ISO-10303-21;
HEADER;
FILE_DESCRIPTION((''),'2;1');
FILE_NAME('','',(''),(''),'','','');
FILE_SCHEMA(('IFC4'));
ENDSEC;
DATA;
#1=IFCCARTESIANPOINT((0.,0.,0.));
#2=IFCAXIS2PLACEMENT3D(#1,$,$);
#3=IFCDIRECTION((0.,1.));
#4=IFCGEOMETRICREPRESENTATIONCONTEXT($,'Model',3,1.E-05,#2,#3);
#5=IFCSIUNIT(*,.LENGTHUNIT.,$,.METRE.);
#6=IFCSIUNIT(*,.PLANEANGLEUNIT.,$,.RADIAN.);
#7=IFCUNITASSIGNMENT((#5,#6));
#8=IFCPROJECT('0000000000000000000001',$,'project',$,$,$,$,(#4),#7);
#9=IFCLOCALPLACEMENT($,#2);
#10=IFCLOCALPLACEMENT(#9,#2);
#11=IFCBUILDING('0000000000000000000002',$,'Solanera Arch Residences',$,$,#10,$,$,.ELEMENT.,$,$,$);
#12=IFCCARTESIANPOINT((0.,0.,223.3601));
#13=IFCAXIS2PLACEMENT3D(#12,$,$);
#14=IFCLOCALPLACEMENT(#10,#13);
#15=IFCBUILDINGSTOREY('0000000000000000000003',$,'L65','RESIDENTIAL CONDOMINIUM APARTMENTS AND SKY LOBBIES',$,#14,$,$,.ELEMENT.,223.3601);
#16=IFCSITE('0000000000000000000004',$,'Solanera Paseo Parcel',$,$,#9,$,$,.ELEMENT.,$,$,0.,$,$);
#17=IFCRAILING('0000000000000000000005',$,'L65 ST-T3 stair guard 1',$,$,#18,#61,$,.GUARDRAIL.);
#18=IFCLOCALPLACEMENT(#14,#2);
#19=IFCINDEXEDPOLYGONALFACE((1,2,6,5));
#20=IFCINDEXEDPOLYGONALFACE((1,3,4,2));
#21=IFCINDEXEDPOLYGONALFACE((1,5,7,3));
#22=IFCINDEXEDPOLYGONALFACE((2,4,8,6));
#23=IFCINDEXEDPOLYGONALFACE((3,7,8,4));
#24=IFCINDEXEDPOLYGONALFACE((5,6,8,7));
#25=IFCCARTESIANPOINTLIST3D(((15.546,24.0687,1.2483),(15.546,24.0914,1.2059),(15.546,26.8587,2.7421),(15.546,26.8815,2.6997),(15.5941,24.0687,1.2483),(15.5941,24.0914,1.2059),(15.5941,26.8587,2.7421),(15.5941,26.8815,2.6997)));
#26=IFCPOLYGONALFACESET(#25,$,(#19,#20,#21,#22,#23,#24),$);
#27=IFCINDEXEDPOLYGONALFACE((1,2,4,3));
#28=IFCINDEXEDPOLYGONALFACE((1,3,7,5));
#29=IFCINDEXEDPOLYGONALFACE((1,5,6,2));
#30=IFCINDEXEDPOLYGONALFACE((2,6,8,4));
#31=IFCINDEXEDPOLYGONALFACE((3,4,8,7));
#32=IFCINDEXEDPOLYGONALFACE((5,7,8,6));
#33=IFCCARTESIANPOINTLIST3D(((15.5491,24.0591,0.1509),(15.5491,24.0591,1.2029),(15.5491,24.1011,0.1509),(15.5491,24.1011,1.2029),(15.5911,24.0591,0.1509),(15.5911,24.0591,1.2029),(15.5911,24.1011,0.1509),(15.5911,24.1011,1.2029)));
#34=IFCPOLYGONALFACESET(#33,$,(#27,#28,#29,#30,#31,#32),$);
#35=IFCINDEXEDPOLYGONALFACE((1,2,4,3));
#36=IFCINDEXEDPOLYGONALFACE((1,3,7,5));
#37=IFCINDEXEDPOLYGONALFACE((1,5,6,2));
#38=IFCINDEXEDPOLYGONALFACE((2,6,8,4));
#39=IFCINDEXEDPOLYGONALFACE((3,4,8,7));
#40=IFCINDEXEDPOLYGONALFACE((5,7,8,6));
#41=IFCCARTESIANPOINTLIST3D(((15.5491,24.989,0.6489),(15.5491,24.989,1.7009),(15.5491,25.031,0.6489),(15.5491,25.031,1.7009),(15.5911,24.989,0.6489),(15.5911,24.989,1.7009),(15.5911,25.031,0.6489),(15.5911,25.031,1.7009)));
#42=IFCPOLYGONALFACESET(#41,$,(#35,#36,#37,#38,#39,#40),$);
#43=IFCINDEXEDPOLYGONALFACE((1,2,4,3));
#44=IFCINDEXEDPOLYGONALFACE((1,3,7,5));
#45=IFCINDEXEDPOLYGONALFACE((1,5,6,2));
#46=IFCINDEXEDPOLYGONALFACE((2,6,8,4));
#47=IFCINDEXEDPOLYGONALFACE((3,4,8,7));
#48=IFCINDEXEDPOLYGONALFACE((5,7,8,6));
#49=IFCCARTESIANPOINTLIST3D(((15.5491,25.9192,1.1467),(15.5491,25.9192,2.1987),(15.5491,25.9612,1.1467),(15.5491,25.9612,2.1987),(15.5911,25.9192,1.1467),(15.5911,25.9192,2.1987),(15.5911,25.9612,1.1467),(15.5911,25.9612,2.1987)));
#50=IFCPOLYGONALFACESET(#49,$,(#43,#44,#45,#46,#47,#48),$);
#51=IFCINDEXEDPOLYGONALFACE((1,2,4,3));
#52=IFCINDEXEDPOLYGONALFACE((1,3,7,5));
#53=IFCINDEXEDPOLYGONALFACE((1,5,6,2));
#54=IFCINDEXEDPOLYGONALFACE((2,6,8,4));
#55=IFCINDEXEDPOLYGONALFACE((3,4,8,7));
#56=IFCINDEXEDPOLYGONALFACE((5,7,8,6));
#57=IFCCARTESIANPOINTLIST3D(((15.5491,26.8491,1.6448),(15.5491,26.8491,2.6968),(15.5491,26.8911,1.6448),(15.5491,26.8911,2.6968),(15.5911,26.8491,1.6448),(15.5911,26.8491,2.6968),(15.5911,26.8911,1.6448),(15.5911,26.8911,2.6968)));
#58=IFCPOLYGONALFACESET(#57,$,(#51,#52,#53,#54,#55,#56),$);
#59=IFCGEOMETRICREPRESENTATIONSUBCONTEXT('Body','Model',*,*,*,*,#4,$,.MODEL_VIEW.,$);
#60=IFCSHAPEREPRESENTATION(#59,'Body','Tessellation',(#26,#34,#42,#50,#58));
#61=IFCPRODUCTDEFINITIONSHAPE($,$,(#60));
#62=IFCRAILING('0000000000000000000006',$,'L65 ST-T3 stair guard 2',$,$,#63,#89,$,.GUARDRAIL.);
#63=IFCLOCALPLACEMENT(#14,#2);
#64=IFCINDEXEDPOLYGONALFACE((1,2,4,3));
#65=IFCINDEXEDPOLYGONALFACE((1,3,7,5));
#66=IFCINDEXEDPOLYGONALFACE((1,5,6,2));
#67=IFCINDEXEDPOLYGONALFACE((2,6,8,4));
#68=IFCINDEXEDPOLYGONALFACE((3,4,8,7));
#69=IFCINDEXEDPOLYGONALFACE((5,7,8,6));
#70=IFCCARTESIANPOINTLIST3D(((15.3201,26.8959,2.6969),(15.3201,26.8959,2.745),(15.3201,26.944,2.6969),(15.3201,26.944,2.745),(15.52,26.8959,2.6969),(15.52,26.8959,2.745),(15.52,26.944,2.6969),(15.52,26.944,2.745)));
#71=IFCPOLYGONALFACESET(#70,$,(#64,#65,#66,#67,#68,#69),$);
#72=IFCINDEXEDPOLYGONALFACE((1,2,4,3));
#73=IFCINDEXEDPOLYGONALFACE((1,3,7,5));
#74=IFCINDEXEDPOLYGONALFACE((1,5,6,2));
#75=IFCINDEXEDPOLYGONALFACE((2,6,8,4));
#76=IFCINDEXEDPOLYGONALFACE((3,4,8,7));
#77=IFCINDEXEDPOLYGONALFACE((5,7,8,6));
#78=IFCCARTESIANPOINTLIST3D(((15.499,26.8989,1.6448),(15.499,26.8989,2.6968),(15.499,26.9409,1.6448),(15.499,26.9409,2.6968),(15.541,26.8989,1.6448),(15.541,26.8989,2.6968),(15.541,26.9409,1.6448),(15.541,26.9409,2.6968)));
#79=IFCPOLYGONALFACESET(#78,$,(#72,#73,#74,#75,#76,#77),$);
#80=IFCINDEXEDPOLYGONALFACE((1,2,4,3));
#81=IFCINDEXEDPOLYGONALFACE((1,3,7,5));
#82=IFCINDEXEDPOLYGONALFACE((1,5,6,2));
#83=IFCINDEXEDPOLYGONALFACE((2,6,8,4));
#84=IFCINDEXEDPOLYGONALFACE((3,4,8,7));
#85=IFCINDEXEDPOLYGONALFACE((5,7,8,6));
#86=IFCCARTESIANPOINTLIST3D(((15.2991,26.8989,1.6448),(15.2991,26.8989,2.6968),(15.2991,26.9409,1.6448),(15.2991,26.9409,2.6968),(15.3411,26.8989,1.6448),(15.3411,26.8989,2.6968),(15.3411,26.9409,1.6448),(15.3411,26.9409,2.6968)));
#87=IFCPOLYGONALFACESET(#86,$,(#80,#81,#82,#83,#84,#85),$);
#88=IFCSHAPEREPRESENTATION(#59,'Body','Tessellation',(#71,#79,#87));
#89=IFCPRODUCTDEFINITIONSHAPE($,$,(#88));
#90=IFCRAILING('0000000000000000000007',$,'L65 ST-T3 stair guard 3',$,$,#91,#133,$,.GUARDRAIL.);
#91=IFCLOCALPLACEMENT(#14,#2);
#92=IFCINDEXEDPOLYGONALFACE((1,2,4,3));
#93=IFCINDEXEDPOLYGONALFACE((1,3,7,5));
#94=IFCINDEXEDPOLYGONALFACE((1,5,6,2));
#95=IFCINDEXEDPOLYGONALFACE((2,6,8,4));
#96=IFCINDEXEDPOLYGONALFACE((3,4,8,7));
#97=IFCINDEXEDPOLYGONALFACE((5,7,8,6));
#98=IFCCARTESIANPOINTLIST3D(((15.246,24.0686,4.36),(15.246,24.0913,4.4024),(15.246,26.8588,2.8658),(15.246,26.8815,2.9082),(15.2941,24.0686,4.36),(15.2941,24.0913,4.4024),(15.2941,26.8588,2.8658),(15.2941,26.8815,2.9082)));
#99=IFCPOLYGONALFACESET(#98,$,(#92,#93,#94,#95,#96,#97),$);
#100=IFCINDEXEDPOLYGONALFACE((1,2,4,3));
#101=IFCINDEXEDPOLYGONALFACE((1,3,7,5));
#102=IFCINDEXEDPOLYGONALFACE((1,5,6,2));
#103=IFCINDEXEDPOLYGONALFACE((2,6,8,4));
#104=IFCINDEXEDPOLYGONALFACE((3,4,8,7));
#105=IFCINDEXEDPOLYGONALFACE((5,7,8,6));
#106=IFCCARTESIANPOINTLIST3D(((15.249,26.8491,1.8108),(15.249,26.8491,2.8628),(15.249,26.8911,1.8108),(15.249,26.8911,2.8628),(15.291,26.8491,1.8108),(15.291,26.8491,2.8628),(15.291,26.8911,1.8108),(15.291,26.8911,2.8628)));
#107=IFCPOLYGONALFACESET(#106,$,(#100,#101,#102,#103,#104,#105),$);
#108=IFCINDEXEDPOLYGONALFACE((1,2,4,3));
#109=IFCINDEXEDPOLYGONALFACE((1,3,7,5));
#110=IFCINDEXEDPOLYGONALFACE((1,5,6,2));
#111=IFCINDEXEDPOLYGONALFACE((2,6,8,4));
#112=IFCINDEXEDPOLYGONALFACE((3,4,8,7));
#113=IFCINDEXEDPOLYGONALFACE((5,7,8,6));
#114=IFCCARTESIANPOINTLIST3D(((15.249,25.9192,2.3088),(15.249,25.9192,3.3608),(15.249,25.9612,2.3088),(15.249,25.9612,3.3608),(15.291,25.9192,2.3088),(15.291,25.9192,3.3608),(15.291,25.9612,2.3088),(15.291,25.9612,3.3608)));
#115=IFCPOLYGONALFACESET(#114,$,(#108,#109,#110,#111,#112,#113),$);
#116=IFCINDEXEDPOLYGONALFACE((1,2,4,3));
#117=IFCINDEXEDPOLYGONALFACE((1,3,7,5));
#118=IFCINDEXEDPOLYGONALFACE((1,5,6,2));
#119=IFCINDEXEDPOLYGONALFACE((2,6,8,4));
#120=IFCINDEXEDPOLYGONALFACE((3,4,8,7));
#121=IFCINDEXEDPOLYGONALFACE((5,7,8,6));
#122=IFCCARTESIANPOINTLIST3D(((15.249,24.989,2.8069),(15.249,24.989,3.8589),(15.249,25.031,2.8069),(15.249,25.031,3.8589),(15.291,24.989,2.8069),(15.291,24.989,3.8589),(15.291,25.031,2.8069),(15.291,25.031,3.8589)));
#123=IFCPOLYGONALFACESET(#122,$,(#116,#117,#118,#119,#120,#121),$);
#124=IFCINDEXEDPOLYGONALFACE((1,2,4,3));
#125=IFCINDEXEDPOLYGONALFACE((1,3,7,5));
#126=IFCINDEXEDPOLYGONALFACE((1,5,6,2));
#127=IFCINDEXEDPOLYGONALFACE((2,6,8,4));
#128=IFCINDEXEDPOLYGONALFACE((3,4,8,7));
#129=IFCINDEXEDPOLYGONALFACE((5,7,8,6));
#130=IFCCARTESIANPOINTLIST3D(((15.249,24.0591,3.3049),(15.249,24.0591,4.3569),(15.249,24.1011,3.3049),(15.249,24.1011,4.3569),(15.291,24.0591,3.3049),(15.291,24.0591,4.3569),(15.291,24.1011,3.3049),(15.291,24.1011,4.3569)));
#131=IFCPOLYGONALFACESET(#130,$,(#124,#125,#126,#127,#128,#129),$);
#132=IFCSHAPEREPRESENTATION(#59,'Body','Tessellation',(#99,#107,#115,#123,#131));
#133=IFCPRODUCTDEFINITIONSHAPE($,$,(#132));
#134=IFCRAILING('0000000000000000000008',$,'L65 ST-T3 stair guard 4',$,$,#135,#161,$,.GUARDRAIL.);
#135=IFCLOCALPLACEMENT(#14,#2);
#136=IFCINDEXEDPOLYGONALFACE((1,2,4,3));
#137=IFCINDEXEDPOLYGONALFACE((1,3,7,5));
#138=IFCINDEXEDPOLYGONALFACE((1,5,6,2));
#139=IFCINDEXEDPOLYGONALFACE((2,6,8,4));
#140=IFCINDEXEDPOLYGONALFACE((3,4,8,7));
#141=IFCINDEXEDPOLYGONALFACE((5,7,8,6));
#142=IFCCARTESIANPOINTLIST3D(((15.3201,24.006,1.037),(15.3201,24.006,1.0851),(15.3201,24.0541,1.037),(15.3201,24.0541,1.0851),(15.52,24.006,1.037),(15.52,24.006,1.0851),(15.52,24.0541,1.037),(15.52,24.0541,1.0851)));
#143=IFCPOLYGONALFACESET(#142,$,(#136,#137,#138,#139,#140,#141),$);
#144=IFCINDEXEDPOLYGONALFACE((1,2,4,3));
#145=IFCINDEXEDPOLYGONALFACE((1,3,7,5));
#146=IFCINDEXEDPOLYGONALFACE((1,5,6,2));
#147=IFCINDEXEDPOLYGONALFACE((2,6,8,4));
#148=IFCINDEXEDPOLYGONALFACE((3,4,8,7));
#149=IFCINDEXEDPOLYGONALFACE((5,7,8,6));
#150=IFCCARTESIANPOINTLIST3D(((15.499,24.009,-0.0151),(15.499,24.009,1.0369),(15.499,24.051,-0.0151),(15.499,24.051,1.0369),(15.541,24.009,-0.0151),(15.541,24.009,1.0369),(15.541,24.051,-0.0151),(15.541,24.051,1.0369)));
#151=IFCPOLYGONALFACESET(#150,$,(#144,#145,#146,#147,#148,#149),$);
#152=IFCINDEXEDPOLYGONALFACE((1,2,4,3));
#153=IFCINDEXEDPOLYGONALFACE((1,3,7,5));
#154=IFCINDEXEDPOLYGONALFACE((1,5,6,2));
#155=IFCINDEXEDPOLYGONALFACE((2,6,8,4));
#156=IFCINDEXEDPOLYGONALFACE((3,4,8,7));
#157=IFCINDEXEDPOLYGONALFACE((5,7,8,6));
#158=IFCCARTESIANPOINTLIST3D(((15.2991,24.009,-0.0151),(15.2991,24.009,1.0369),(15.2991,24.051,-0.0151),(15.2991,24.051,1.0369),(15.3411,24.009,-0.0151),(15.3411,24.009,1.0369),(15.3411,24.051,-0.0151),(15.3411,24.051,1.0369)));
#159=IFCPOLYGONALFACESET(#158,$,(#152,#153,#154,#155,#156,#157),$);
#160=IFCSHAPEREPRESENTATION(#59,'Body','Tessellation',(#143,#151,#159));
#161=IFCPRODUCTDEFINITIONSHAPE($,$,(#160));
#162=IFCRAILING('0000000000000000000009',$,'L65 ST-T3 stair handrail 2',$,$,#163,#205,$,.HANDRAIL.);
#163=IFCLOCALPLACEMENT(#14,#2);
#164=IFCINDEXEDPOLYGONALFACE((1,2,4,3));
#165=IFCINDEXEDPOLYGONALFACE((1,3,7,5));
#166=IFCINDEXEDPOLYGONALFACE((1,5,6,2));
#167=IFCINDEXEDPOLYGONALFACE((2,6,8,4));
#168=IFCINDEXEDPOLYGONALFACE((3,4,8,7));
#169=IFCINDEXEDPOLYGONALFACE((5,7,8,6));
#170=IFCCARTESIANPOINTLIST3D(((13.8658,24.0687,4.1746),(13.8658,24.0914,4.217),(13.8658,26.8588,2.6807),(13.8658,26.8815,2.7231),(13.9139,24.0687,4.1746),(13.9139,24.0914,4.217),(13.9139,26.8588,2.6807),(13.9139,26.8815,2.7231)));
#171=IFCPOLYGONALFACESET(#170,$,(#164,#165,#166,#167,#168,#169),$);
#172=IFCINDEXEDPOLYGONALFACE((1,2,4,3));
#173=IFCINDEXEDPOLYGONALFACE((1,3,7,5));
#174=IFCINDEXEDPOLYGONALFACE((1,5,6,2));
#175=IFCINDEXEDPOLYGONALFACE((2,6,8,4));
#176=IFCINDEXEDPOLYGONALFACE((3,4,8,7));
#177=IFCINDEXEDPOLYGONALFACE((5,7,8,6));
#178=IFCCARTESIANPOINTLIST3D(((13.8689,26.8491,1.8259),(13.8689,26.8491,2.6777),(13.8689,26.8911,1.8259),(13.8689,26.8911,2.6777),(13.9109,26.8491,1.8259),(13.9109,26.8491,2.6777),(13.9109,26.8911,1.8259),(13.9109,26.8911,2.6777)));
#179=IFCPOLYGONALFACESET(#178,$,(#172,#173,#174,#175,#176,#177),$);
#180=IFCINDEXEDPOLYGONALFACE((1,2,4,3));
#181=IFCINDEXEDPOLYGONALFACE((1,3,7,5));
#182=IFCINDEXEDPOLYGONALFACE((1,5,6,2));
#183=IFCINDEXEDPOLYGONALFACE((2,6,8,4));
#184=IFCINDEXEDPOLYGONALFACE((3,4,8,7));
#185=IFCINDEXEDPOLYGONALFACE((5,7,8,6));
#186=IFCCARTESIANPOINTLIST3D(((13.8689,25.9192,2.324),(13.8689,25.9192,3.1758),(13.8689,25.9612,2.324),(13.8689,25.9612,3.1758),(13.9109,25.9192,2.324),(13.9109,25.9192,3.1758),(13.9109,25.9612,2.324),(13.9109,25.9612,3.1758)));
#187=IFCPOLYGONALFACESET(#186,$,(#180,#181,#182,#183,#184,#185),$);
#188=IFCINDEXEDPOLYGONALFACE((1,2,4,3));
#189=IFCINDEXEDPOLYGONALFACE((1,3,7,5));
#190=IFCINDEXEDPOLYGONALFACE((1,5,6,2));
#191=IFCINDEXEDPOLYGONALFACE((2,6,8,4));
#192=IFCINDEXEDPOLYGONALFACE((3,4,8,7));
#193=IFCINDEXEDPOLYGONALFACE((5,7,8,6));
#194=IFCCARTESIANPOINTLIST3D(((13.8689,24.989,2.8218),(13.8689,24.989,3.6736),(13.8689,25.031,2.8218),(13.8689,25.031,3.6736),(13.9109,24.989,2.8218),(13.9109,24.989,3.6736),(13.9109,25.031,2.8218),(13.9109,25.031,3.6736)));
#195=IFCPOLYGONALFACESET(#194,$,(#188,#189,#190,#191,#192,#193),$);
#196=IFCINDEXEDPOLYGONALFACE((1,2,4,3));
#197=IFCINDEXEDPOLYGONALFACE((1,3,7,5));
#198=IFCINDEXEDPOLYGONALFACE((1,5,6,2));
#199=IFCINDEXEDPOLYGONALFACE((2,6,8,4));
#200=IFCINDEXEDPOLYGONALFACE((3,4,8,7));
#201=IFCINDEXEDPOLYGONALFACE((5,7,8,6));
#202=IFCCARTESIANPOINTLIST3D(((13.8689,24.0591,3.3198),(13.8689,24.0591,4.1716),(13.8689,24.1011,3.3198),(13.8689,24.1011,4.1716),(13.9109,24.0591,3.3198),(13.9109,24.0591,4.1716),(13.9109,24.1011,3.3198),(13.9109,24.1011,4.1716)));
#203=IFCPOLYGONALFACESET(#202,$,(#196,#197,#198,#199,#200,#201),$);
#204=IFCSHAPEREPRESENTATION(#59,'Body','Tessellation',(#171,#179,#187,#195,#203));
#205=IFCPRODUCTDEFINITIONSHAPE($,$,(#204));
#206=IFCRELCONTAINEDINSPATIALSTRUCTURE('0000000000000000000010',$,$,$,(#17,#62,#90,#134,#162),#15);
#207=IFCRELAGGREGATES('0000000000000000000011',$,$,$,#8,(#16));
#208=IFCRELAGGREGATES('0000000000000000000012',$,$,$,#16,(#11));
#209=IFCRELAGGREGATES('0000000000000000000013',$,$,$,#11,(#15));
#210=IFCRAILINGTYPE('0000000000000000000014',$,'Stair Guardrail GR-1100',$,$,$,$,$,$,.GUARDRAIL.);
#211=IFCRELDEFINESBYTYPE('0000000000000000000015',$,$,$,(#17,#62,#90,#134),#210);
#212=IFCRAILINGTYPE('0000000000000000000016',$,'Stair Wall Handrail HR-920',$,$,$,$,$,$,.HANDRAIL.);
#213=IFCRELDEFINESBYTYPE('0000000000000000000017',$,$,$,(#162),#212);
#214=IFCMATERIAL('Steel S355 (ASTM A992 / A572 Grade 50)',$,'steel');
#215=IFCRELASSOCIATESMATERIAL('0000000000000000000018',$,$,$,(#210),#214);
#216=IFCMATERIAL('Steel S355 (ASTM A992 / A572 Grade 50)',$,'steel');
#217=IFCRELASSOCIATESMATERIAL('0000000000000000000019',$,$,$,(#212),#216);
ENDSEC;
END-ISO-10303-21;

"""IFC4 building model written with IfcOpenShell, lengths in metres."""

from ifc_helpers import new_model, si_unit, direction, frame, origin, origin_2d, place, context, subcontext, project, spatial, rectangle, extrude, material, type_object, element, save


model = new_model("IFC4")

# Units and contexts
model_context = context("Model", 3, precision=1e-05, world=origin(), true_north=direction((0.0, 1.0)))
body_context = subcontext(model_context, "Body", "Model", "MODEL_VIEW")
ifc_project = project(units=[si_unit("LENGTHUNIT", "METRE"), si_unit("PLANEANGLEUNIT", "RADIAN")], contexts=[model_context])

# Site, building, storey
site_placement = place(None, origin())
site = spatial("IfcSite", under=ifc_project, at=site_placement, Name="Solanera Paseo Parcel", CompositionType="ELEMENT", RefElevation=0.0)
building_placement = place(site_placement, origin())
building = spatial("IfcBuilding", under=site, at=building_placement, Name="Solanera Arch Residences", CompositionType="ELEMENT")
storey_placement = place(building_placement, frame((0.0, 0.0, 223.3601)))
storey = spatial("IfcBuildingStorey", under=building, at=storey_placement, Name="L65", Description="RESIDENTIAL CONDOMINIUM APARTMENTS AND SKY LOBBIES", CompositionType="ELEMENT", Elevation=223.3601)

# Railings
ifc_material_1 = material(Name="Steel S355 (ASTM A992 / A572 Grade 50)", Category="steel")
railing_type_1 = type_object("IfcRailingType", Name="Stair Guardrail GR-1100", PredefinedType="GUARDRAIL", material=ifc_material_1)
railing_1_placement = place(storey_placement, frame((15.5701, 24.0801, 0.1509)))
element("IfcRailing", 1, at=railing_1_placement, inside=storey, type_object=railing_type_1, Name="L65 ST-T3 stair guard 1", PredefinedType="GUARDRAIL", context=body_context, shape_type="SweptSolid", body=[
    extrude(rectangle(XDim=0.0481, YDim=0.0481, at=origin_2d()), frame((0.0, 0.0, 1.0762), z_axis=(0.0, 0.881581, 0.472033), x_axis=(-1.0, 0.0, 0.0)), (0.0, 0.0, 1.0), 3.1648),
    extrude(rectangle(XDim=0.042, YDim=0.042, at=origin_2d()), origin(), (0.0, 0.0, 1.0), 1.052),
    extrude(rectangle(XDim=0.042, YDim=0.042, at=origin_2d()), frame((0.0, 0.9299, 0.498)), (0.0, 0.0, 1.0), 1.052),
    extrude(rectangle(XDim=0.042, YDim=0.042, at=origin_2d()), frame((0.0, 1.8601, 0.9958)), (0.0, 0.0, 1.0), 1.052),
    extrude(rectangle(XDim=0.042, YDim=0.042, at=origin_2d()), frame((0.0, 2.79, 1.4939)), (0.0, 0.0, 1.0), 1.052),
])
railing_2_placement = place(storey_placement, frame((15.52, 26.9199, 1.6448)))
element("IfcRailing", 2, at=railing_2_placement, inside=storey, type_object=railing_type_1, Name="L65 ST-T3 stair guard 2", PredefinedType="GUARDRAIL", context=body_context, shape_type="SweptSolid", body=[
    extrude(rectangle(XDim=0.0481, YDim=0.0481, at=origin_2d()), frame((0.0, 0.0, 1.0762), z_axis=(-1.0, 0.0, 0.0), x_axis=(0.0, -1.0, 0.0)), (0.0, 0.0, 1.0), 0.2),
    extrude(rectangle(XDim=0.042, YDim=0.042, at=origin_2d()), origin(), (0.0, 0.0, 1.0), 1.052),
    extrude(rectangle(XDim=0.042, YDim=0.042, at=origin_2d()), frame((-0.2, 0.0, 0.0)), (0.0, 0.0, 1.0), 1.052),
])
railing_3_placement = place(storey_placement, frame((15.27, 26.8701, 1.8108)))
element("IfcRailing", 3, at=railing_3_placement, inside=storey, type_object=railing_type_1, Name="L65 ST-T3 stair guard 3", PredefinedType="GUARDRAIL", context=body_context, shape_type="SweptSolid", body=[
    extrude(rectangle(XDim=0.0481, YDim=0.0481, at=origin_2d()), frame((0.0, 0.0, 1.0762), z_axis=(0.0, -0.881549, 0.472093), x_axis=(1.0, 0.0, 0.0)), (0.0, 0.0, 1.0), 3.165),
    extrude(rectangle(XDim=0.042, YDim=0.042, at=origin_2d()), origin(), (0.0, 0.0, 1.0), 1.052),
    extrude(rectangle(XDim=0.042, YDim=0.042, at=origin_2d()), frame((0.0, -0.9299, 0.498)), (0.0, 0.0, 1.0), 1.052),
    extrude(rectangle(XDim=0.042, YDim=0.042, at=origin_2d()), frame((0.0, -1.8601, 0.9961)), (0.0, 0.0, 1.0), 1.052),
    extrude(rectangle(XDim=0.042, YDim=0.042, at=origin_2d()), frame((0.0, -2.79, 1.4941)), (0.0, 0.0, 1.0), 1.052),
])
railing_4_placement = place(storey_placement, frame((15.52, 24.03, -0.0151)))
element("IfcRailing", 4, at=railing_4_placement, inside=storey, type_object=railing_type_1, Name="L65 ST-T3 stair guard 4", PredefinedType="GUARDRAIL", context=body_context, shape_type="SweptSolid", body=[
    extrude(rectangle(XDim=0.0481, YDim=0.0481, at=origin_2d()), frame((0.0, 0.0, 1.0762), z_axis=(-1.0, 0.0, 0.0), x_axis=(0.0, -1.0, 0.0)), (0.0, 0.0, 1.0), 0.2),
    extrude(rectangle(XDim=0.042, YDim=0.042, at=origin_2d()), origin(), (0.0, 0.0, 1.0), 1.052),
    extrude(rectangle(XDim=0.042, YDim=0.042, at=origin_2d()), frame((-0.2, 0.0, 0.0)), (0.0, 0.0, 1.0), 1.052),
])
ifc_material_2 = material(Name="Steel S355 (ASTM A992 / A572 Grade 50)", Category="steel")
railing_type_2 = type_object("IfcRailingType", Name="Stair Wall Handrail HR-920", PredefinedType="HANDRAIL", material=ifc_material_2)
railing_5_placement = place(storey_placement, frame((13.8899, 26.8701, 1.8259)))
element("IfcRailing", 5, at=railing_5_placement, inside=storey, type_object=railing_type_2, Name="L65 ST-T3 stair handrail 2", PredefinedType="HANDRAIL", context=body_context, shape_type="SweptSolid", body=[
    extrude(rectangle(XDim=0.0481, YDim=0.0481, at=origin_2d()), frame((0.0, 0.0, 0.876), z_axis=(0.0, -0.881581, 0.472033), x_axis=(1.0, 0.0, 0.0)), (0.0, 0.0, 1.0), 3.1648),
    extrude(rectangle(XDim=0.042, YDim=0.042, at=origin_2d()), origin(), (0.0, 0.0, 1.0), 0.8518),
    extrude(rectangle(XDim=0.042, YDim=0.042, at=origin_2d()), frame((0.0, -0.9299, 0.498)), (0.0, 0.0, 1.0), 0.8518),
    extrude(rectangle(XDim=0.042, YDim=0.042, at=origin_2d()), frame((0.0, -1.8601, 0.9958)), (0.0, 0.0, 1.0), 0.8518),
    extrude(rectangle(XDim=0.042, YDim=0.042, at=origin_2d()), frame((0.0, -2.79, 1.4939)), (0.0, 0.0, 1.0), 0.8518),
])

save(model, "model.ifc")
